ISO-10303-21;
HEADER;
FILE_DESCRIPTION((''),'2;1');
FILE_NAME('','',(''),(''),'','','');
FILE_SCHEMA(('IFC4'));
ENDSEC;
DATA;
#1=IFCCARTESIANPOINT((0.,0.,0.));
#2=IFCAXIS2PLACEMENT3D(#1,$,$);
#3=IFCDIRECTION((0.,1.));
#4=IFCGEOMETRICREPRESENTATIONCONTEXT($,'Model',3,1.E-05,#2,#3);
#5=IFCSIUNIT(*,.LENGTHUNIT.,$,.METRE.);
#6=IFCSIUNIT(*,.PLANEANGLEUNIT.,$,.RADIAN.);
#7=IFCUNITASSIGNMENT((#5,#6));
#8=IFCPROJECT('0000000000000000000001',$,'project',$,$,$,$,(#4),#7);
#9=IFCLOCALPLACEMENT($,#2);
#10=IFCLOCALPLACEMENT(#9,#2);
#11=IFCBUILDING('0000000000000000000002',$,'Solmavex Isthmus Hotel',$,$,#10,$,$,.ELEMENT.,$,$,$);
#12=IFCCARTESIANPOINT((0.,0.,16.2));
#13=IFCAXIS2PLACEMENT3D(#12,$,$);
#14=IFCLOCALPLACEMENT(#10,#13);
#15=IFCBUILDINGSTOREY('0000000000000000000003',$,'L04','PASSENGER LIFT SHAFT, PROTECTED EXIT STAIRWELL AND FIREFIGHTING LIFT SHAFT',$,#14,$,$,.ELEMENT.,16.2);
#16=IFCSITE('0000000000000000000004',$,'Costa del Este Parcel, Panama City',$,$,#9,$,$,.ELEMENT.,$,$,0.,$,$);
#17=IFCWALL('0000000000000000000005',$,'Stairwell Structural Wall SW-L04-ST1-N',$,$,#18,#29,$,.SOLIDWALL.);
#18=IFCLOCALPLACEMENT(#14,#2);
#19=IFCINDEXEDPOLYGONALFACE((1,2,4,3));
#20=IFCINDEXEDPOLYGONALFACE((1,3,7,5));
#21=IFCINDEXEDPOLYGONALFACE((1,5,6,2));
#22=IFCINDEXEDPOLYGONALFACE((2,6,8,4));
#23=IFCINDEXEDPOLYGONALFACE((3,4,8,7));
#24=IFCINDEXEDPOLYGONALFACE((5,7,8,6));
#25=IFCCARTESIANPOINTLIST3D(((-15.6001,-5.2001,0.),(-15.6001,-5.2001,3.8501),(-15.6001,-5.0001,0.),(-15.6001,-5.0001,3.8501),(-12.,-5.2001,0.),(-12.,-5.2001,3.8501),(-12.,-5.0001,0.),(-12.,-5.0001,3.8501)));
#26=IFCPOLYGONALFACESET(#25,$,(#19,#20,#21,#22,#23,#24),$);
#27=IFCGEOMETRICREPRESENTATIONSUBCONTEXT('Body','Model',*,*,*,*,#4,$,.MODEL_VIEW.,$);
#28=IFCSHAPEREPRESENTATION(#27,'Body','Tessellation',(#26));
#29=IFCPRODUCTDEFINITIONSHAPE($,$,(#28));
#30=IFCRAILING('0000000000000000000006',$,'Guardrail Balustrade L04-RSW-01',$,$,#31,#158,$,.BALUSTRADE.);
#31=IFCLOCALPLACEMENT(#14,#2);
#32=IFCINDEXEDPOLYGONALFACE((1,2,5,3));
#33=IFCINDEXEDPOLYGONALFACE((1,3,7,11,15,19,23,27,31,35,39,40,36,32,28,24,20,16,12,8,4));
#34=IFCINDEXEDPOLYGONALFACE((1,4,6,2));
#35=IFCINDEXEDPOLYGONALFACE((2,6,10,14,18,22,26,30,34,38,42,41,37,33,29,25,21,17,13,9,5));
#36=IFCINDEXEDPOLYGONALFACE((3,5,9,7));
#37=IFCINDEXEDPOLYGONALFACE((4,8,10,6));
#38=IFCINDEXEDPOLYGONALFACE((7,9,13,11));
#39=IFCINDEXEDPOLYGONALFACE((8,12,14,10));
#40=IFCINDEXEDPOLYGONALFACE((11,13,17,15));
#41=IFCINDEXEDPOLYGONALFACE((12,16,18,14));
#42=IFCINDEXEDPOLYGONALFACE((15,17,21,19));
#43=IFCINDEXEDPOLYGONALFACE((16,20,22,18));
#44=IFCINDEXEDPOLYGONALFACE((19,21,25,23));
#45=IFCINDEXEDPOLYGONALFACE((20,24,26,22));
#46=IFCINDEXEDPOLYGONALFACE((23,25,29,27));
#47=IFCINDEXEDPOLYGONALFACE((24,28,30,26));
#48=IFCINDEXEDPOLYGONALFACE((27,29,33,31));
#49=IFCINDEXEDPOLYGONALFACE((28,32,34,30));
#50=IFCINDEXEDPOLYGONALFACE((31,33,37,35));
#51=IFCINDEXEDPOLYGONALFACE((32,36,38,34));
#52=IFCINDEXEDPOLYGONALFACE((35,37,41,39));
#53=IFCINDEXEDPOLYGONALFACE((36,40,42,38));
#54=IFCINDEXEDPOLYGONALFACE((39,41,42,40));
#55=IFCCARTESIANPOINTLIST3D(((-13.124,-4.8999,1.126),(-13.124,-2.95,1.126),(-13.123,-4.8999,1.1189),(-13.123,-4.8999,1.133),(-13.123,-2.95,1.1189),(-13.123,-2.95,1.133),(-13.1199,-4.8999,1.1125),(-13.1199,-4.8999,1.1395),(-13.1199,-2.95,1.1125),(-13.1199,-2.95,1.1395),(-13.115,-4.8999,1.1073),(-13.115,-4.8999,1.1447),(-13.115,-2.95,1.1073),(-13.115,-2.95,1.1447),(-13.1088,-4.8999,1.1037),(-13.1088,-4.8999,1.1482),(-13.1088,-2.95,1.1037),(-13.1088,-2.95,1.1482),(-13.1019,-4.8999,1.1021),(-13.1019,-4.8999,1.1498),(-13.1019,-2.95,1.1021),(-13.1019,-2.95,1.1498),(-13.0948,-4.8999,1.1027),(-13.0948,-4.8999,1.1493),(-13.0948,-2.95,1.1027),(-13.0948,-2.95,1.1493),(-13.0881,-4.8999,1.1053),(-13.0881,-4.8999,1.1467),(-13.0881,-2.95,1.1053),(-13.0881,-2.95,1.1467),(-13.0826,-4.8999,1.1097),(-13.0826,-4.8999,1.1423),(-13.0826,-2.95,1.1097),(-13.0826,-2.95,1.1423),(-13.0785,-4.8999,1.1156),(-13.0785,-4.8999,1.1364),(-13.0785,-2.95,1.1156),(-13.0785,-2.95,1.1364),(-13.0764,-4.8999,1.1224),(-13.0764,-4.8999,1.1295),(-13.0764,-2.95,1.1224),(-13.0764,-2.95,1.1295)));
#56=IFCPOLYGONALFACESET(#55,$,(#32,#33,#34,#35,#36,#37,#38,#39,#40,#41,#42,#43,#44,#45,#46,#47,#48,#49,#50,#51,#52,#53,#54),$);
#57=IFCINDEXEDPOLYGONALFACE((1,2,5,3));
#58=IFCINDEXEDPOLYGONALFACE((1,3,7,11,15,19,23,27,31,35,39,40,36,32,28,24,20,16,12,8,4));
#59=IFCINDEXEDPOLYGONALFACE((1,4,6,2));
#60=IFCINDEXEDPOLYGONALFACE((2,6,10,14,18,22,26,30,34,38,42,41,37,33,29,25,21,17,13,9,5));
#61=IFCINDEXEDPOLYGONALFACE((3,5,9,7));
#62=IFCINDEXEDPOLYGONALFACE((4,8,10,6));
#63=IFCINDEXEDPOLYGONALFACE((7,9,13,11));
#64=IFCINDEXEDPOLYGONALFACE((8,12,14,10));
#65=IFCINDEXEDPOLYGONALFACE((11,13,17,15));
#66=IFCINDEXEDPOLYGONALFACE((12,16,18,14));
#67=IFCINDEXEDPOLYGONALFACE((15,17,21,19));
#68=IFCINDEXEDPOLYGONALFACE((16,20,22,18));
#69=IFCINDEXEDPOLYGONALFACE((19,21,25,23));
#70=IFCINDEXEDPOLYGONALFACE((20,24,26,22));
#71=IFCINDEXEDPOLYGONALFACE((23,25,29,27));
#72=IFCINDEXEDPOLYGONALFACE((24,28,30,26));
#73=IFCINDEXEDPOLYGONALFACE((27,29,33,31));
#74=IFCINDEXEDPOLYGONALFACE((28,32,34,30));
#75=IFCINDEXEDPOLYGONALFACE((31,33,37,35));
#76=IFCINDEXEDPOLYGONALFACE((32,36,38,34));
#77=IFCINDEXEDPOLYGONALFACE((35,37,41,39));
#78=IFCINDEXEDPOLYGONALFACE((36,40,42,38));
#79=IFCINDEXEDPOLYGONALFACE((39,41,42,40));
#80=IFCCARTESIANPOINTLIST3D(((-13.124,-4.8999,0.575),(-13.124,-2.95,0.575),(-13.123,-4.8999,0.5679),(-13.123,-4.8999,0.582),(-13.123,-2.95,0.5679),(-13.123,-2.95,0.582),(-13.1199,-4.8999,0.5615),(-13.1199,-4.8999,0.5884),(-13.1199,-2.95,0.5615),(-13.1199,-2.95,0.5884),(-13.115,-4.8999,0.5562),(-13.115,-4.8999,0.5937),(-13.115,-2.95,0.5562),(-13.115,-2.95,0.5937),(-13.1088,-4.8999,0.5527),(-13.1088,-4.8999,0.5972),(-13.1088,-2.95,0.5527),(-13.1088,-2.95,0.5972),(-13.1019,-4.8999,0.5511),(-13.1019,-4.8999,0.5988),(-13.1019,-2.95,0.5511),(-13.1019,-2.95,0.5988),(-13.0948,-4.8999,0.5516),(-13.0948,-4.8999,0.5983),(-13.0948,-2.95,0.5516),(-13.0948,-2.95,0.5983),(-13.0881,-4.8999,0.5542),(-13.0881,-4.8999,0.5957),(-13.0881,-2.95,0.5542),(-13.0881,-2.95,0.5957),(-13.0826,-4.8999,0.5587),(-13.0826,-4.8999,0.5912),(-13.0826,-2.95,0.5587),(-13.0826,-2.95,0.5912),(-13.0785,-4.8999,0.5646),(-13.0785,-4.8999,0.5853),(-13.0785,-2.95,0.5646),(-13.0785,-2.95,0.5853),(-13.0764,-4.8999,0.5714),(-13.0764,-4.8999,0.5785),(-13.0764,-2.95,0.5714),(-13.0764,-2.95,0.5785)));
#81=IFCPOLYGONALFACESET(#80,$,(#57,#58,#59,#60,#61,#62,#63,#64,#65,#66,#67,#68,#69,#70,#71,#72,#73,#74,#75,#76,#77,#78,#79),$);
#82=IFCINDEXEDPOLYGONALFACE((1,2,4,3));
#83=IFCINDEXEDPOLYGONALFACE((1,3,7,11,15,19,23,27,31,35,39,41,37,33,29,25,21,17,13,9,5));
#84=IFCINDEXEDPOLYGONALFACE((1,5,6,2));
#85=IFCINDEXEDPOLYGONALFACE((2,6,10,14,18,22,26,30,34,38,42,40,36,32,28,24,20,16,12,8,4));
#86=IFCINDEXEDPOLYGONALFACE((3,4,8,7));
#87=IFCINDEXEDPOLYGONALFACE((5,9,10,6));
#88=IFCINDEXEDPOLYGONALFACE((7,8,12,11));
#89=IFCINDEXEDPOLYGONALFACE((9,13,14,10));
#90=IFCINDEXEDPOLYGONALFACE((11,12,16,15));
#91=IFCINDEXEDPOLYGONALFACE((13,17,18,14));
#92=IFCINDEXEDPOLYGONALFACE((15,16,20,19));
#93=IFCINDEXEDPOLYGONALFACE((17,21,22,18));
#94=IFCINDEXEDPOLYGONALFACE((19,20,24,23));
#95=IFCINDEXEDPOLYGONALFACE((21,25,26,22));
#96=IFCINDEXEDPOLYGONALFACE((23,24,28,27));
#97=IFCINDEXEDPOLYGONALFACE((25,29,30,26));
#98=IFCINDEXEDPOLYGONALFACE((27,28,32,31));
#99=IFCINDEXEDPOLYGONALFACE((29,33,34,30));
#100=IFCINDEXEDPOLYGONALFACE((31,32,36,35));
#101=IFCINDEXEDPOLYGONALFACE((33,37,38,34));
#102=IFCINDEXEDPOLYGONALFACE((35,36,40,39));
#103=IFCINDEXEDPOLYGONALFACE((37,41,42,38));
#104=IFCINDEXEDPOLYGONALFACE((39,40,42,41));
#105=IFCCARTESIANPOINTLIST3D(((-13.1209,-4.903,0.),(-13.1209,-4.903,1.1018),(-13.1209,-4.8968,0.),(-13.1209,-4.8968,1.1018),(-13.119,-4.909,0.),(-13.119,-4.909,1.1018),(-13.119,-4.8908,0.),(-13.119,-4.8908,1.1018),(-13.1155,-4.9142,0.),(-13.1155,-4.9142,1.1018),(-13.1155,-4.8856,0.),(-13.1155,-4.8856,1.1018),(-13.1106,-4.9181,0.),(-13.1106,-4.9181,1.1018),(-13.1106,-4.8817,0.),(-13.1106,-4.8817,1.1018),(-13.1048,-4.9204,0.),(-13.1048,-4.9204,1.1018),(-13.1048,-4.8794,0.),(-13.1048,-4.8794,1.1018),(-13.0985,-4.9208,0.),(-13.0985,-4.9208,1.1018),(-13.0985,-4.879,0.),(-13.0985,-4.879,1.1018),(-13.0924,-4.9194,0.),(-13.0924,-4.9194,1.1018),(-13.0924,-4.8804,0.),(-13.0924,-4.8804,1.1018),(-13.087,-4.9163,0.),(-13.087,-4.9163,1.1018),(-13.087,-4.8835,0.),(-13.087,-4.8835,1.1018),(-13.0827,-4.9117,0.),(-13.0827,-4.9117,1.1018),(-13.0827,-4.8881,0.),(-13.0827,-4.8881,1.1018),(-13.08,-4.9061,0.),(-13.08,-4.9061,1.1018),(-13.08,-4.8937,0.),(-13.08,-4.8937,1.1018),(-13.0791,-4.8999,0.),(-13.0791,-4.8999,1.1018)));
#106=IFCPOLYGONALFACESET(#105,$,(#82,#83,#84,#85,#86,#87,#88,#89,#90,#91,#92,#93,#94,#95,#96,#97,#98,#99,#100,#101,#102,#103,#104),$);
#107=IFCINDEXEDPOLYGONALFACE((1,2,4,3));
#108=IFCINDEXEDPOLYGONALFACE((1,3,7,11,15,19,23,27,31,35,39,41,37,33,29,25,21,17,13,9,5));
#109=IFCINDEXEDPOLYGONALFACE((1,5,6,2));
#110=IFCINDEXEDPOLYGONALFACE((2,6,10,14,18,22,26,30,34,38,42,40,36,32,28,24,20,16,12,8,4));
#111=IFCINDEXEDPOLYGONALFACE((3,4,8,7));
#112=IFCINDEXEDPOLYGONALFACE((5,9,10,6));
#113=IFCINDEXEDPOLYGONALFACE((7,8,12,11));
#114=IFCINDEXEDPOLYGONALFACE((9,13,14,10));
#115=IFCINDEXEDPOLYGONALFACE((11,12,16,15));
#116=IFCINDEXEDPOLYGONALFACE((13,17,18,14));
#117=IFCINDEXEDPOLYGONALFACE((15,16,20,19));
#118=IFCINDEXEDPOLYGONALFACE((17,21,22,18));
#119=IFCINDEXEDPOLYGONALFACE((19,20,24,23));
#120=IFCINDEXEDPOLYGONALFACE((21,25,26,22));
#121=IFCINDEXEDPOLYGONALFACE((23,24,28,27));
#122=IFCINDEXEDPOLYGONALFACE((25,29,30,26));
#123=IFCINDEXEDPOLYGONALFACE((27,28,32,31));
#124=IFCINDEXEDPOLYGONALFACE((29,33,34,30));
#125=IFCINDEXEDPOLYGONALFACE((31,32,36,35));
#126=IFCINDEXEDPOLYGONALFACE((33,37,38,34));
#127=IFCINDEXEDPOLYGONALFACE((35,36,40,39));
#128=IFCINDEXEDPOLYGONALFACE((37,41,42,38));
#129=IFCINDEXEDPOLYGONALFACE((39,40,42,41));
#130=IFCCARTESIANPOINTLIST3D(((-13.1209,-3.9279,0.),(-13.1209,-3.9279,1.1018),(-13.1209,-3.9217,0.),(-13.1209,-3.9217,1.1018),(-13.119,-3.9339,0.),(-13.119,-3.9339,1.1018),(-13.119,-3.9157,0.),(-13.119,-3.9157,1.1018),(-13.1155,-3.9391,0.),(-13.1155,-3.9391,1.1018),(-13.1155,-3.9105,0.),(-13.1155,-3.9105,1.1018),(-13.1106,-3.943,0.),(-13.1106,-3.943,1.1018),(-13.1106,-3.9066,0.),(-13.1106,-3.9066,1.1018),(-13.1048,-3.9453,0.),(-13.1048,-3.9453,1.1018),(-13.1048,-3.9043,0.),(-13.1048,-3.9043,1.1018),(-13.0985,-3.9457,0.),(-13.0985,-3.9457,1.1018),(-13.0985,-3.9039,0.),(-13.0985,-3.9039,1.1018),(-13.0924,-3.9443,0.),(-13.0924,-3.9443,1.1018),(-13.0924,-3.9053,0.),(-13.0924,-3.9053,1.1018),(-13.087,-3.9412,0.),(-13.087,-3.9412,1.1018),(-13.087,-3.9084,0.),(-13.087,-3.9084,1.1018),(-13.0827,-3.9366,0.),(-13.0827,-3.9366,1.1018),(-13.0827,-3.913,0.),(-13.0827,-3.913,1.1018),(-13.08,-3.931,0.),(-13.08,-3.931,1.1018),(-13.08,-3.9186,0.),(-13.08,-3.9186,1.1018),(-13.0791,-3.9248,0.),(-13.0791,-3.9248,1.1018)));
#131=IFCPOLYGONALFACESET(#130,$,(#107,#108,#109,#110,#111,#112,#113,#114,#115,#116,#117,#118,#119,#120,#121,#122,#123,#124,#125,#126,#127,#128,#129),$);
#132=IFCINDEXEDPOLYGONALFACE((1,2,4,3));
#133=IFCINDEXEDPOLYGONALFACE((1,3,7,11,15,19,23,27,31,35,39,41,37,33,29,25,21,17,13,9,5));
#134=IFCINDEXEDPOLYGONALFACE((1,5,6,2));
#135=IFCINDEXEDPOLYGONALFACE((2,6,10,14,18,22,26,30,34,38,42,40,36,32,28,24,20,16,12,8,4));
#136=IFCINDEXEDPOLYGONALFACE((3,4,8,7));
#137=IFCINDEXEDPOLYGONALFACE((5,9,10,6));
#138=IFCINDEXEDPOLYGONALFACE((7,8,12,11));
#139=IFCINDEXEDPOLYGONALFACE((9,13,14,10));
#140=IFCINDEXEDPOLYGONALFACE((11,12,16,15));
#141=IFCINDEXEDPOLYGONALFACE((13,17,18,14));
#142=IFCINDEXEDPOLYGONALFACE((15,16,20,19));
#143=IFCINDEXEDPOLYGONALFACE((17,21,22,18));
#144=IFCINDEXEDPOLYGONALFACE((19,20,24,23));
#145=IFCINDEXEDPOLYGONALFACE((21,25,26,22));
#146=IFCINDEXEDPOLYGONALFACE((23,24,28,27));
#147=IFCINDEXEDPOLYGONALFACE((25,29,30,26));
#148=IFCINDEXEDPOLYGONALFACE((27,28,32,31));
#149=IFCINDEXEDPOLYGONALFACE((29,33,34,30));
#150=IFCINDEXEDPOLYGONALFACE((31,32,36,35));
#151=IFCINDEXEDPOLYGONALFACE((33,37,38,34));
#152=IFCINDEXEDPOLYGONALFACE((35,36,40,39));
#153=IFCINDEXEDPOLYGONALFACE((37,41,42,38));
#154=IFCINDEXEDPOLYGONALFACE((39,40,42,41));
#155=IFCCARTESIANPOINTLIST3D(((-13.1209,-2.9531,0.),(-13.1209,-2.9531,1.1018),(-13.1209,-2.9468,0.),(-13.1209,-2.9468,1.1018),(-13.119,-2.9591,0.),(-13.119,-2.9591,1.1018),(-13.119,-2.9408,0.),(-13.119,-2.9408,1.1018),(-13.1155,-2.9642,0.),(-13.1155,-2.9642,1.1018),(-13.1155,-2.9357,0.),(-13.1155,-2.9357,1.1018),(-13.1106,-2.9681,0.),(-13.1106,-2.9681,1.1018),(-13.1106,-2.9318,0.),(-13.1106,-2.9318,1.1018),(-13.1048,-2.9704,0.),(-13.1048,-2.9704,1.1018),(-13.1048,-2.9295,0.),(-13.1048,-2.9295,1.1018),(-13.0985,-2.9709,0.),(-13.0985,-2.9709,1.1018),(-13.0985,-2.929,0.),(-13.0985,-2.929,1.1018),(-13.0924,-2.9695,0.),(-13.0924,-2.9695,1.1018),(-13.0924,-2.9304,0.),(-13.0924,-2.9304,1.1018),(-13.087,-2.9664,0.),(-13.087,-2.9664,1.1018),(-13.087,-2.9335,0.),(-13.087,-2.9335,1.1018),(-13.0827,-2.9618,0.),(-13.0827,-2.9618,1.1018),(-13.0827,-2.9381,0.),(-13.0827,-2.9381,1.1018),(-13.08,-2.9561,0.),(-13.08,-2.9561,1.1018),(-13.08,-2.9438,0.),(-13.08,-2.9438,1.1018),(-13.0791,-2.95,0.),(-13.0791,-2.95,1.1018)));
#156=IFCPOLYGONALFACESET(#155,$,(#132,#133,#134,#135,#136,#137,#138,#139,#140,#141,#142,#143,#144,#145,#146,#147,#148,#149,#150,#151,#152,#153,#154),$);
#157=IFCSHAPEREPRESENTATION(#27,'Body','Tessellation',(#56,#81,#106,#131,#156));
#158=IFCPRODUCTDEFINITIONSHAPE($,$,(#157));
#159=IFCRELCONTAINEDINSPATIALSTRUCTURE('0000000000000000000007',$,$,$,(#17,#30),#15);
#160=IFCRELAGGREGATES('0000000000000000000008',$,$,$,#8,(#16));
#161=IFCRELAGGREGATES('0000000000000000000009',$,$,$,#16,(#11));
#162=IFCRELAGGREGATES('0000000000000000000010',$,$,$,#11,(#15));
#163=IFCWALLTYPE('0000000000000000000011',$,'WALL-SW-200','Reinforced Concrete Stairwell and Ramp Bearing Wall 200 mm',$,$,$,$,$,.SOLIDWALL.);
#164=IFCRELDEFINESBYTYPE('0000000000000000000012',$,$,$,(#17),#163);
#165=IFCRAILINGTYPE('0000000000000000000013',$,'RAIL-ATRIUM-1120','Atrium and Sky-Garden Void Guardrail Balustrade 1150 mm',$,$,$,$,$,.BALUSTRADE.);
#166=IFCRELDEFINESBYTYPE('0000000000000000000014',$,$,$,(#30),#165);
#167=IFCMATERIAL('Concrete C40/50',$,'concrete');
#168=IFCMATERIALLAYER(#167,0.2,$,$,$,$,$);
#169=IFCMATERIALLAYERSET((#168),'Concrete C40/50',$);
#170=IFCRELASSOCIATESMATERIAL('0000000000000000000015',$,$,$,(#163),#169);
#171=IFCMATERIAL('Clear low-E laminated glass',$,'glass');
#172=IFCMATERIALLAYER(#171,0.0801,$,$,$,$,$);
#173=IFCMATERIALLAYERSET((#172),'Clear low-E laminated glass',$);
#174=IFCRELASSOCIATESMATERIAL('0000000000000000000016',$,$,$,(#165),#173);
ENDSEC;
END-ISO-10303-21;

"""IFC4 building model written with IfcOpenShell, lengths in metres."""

from ifc_helpers import new_model, si_unit, direction, frame, frame_2d, origin, origin_2d, place, context, subcontext, project, spatial, rectangle, circle, extrude, material, layer, layer_set, type_object, element, save


model = new_model("IFC4")

# Units and contexts
model_context = context("Model", 3, precision=1e-05, world=origin(), true_north=direction((0.0, 1.0)))
body_context = subcontext(model_context, "Body", "Model", "MODEL_VIEW")
ifc_project = project(units=[si_unit("LENGTHUNIT", "METRE"), si_unit("PLANEANGLEUNIT", "RADIAN")], contexts=[model_context])

# Site, building, storey
site_placement = place(None, origin())
site = spatial("IfcSite", under=ifc_project, at=site_placement, Name="Costa del Este Parcel, Panama City", CompositionType="ELEMENT", RefElevation=0.0)
building_placement = place(site_placement, origin())
building = spatial("IfcBuilding", under=site, at=building_placement, Name="Solmavex Isthmus Hotel", CompositionType="ELEMENT")
storey_placement = place(building_placement, frame((0.0, 0.0, 16.2)))
storey = spatial("IfcBuildingStorey", under=building, at=storey_placement, Name="L04", Description="PASSENGER LIFT SHAFT, PROTECTED EXIT STAIRWELL AND FIREFIGHTING LIFT SHAFT", CompositionType="ELEMENT", Elevation=16.2)

# Shared definitions
ifc_material_1 = material(Name="Clear low-E laminated glass", Category="glass")

# Wall
ifc_material_2 = material(Name="Concrete C40/50", Category="concrete")
ifc_layer_1 = layer(ifc_material_2, 0.2)
ifc_layer_set_1 = layer_set([ifc_layer_1], Name="Concrete C40/50")
wall_type_1 = type_object("IfcWallType", Name="WALL-SW-200", Description="Reinforced Concrete Stairwell and Ramp Bearing Wall 200 mm", PredefinedType="SOLIDWALL", material=ifc_layer_set_1)
wall_1_placement = place(storey_placement, frame((-15.6001, -5.1001, 0.0), z_axis=(0.0, 0.0, 1.0), x_axis=(1.0, 0.0, 0.0)))
element("IfcWall", 1, at=wall_1_placement, inside=storey, type_object=wall_type_1, Name="Stairwell Structural Wall SW-L04-ST1-N", PredefinedType="SOLIDWALL", context=body_context, shape_type="SweptSolid", body=[
    extrude(rectangle(XDim=3.6001, YDim=0.2, at=frame_2d((1.8, 0.0))), origin(), (0.0, 0.0, 1.0), 3.8501),
])

# Railing
ifc_layer_2 = layer(ifc_material_1, 0.0801)
ifc_layer_set_2 = layer_set([ifc_layer_2], Name="Clear low-E laminated glass")
railing_type = type_object("IfcRailingType", Name="RAIL-ATRIUM-1120", Description="Atrium and Sky-Garden Void Guardrail Balustrade 1150 mm", PredefinedType="BALUSTRADE", material=ifc_layer_set_2)
railing_1_placement = place(storey_placement, frame((-13.1001, -4.8999, 0.0)))
element("IfcRailing", 2, at=railing_1_placement, inside=storey, type_object=railing_type, Name="Guardrail Balustrade L04-RSW-01", PredefinedType="BALUSTRADE", context=body_context, shape_type="SweptSolid", body=[
    extrude(circle(Radius=0.0239, at=origin_2d()), frame((0.0, 0.0, 1.126), z_axis=(0.0, 1.0, 0.0), x_axis=(-1.0, 0.0, 0.0)), (0.0, 0.0, 1.0), 1.95),
    extrude(circle(Radius=0.0239, at=origin_2d()), frame((0.0, 0.0, 0.575), z_axis=(0.0, 1.0, 0.0), x_axis=(-1.0, 0.0, 0.0)), (0.0, 0.0, 1.0), 1.95),
    extrude(circle(Radius=0.021, at=origin_2d()), origin(), (0.0, 0.0, 1.0), 1.1018),
    extrude(circle(Radius=0.021, at=origin_2d()), frame((0.0, 0.9751, 0.0)), (0.0, 0.0, 1.0), 1.1018),
    extrude(circle(Radius=0.021, at=origin_2d()), frame((0.0, 1.95, 0.0)), (0.0, 0.0, 1.0), 1.1018),
])

save(model, "model.ifc")
